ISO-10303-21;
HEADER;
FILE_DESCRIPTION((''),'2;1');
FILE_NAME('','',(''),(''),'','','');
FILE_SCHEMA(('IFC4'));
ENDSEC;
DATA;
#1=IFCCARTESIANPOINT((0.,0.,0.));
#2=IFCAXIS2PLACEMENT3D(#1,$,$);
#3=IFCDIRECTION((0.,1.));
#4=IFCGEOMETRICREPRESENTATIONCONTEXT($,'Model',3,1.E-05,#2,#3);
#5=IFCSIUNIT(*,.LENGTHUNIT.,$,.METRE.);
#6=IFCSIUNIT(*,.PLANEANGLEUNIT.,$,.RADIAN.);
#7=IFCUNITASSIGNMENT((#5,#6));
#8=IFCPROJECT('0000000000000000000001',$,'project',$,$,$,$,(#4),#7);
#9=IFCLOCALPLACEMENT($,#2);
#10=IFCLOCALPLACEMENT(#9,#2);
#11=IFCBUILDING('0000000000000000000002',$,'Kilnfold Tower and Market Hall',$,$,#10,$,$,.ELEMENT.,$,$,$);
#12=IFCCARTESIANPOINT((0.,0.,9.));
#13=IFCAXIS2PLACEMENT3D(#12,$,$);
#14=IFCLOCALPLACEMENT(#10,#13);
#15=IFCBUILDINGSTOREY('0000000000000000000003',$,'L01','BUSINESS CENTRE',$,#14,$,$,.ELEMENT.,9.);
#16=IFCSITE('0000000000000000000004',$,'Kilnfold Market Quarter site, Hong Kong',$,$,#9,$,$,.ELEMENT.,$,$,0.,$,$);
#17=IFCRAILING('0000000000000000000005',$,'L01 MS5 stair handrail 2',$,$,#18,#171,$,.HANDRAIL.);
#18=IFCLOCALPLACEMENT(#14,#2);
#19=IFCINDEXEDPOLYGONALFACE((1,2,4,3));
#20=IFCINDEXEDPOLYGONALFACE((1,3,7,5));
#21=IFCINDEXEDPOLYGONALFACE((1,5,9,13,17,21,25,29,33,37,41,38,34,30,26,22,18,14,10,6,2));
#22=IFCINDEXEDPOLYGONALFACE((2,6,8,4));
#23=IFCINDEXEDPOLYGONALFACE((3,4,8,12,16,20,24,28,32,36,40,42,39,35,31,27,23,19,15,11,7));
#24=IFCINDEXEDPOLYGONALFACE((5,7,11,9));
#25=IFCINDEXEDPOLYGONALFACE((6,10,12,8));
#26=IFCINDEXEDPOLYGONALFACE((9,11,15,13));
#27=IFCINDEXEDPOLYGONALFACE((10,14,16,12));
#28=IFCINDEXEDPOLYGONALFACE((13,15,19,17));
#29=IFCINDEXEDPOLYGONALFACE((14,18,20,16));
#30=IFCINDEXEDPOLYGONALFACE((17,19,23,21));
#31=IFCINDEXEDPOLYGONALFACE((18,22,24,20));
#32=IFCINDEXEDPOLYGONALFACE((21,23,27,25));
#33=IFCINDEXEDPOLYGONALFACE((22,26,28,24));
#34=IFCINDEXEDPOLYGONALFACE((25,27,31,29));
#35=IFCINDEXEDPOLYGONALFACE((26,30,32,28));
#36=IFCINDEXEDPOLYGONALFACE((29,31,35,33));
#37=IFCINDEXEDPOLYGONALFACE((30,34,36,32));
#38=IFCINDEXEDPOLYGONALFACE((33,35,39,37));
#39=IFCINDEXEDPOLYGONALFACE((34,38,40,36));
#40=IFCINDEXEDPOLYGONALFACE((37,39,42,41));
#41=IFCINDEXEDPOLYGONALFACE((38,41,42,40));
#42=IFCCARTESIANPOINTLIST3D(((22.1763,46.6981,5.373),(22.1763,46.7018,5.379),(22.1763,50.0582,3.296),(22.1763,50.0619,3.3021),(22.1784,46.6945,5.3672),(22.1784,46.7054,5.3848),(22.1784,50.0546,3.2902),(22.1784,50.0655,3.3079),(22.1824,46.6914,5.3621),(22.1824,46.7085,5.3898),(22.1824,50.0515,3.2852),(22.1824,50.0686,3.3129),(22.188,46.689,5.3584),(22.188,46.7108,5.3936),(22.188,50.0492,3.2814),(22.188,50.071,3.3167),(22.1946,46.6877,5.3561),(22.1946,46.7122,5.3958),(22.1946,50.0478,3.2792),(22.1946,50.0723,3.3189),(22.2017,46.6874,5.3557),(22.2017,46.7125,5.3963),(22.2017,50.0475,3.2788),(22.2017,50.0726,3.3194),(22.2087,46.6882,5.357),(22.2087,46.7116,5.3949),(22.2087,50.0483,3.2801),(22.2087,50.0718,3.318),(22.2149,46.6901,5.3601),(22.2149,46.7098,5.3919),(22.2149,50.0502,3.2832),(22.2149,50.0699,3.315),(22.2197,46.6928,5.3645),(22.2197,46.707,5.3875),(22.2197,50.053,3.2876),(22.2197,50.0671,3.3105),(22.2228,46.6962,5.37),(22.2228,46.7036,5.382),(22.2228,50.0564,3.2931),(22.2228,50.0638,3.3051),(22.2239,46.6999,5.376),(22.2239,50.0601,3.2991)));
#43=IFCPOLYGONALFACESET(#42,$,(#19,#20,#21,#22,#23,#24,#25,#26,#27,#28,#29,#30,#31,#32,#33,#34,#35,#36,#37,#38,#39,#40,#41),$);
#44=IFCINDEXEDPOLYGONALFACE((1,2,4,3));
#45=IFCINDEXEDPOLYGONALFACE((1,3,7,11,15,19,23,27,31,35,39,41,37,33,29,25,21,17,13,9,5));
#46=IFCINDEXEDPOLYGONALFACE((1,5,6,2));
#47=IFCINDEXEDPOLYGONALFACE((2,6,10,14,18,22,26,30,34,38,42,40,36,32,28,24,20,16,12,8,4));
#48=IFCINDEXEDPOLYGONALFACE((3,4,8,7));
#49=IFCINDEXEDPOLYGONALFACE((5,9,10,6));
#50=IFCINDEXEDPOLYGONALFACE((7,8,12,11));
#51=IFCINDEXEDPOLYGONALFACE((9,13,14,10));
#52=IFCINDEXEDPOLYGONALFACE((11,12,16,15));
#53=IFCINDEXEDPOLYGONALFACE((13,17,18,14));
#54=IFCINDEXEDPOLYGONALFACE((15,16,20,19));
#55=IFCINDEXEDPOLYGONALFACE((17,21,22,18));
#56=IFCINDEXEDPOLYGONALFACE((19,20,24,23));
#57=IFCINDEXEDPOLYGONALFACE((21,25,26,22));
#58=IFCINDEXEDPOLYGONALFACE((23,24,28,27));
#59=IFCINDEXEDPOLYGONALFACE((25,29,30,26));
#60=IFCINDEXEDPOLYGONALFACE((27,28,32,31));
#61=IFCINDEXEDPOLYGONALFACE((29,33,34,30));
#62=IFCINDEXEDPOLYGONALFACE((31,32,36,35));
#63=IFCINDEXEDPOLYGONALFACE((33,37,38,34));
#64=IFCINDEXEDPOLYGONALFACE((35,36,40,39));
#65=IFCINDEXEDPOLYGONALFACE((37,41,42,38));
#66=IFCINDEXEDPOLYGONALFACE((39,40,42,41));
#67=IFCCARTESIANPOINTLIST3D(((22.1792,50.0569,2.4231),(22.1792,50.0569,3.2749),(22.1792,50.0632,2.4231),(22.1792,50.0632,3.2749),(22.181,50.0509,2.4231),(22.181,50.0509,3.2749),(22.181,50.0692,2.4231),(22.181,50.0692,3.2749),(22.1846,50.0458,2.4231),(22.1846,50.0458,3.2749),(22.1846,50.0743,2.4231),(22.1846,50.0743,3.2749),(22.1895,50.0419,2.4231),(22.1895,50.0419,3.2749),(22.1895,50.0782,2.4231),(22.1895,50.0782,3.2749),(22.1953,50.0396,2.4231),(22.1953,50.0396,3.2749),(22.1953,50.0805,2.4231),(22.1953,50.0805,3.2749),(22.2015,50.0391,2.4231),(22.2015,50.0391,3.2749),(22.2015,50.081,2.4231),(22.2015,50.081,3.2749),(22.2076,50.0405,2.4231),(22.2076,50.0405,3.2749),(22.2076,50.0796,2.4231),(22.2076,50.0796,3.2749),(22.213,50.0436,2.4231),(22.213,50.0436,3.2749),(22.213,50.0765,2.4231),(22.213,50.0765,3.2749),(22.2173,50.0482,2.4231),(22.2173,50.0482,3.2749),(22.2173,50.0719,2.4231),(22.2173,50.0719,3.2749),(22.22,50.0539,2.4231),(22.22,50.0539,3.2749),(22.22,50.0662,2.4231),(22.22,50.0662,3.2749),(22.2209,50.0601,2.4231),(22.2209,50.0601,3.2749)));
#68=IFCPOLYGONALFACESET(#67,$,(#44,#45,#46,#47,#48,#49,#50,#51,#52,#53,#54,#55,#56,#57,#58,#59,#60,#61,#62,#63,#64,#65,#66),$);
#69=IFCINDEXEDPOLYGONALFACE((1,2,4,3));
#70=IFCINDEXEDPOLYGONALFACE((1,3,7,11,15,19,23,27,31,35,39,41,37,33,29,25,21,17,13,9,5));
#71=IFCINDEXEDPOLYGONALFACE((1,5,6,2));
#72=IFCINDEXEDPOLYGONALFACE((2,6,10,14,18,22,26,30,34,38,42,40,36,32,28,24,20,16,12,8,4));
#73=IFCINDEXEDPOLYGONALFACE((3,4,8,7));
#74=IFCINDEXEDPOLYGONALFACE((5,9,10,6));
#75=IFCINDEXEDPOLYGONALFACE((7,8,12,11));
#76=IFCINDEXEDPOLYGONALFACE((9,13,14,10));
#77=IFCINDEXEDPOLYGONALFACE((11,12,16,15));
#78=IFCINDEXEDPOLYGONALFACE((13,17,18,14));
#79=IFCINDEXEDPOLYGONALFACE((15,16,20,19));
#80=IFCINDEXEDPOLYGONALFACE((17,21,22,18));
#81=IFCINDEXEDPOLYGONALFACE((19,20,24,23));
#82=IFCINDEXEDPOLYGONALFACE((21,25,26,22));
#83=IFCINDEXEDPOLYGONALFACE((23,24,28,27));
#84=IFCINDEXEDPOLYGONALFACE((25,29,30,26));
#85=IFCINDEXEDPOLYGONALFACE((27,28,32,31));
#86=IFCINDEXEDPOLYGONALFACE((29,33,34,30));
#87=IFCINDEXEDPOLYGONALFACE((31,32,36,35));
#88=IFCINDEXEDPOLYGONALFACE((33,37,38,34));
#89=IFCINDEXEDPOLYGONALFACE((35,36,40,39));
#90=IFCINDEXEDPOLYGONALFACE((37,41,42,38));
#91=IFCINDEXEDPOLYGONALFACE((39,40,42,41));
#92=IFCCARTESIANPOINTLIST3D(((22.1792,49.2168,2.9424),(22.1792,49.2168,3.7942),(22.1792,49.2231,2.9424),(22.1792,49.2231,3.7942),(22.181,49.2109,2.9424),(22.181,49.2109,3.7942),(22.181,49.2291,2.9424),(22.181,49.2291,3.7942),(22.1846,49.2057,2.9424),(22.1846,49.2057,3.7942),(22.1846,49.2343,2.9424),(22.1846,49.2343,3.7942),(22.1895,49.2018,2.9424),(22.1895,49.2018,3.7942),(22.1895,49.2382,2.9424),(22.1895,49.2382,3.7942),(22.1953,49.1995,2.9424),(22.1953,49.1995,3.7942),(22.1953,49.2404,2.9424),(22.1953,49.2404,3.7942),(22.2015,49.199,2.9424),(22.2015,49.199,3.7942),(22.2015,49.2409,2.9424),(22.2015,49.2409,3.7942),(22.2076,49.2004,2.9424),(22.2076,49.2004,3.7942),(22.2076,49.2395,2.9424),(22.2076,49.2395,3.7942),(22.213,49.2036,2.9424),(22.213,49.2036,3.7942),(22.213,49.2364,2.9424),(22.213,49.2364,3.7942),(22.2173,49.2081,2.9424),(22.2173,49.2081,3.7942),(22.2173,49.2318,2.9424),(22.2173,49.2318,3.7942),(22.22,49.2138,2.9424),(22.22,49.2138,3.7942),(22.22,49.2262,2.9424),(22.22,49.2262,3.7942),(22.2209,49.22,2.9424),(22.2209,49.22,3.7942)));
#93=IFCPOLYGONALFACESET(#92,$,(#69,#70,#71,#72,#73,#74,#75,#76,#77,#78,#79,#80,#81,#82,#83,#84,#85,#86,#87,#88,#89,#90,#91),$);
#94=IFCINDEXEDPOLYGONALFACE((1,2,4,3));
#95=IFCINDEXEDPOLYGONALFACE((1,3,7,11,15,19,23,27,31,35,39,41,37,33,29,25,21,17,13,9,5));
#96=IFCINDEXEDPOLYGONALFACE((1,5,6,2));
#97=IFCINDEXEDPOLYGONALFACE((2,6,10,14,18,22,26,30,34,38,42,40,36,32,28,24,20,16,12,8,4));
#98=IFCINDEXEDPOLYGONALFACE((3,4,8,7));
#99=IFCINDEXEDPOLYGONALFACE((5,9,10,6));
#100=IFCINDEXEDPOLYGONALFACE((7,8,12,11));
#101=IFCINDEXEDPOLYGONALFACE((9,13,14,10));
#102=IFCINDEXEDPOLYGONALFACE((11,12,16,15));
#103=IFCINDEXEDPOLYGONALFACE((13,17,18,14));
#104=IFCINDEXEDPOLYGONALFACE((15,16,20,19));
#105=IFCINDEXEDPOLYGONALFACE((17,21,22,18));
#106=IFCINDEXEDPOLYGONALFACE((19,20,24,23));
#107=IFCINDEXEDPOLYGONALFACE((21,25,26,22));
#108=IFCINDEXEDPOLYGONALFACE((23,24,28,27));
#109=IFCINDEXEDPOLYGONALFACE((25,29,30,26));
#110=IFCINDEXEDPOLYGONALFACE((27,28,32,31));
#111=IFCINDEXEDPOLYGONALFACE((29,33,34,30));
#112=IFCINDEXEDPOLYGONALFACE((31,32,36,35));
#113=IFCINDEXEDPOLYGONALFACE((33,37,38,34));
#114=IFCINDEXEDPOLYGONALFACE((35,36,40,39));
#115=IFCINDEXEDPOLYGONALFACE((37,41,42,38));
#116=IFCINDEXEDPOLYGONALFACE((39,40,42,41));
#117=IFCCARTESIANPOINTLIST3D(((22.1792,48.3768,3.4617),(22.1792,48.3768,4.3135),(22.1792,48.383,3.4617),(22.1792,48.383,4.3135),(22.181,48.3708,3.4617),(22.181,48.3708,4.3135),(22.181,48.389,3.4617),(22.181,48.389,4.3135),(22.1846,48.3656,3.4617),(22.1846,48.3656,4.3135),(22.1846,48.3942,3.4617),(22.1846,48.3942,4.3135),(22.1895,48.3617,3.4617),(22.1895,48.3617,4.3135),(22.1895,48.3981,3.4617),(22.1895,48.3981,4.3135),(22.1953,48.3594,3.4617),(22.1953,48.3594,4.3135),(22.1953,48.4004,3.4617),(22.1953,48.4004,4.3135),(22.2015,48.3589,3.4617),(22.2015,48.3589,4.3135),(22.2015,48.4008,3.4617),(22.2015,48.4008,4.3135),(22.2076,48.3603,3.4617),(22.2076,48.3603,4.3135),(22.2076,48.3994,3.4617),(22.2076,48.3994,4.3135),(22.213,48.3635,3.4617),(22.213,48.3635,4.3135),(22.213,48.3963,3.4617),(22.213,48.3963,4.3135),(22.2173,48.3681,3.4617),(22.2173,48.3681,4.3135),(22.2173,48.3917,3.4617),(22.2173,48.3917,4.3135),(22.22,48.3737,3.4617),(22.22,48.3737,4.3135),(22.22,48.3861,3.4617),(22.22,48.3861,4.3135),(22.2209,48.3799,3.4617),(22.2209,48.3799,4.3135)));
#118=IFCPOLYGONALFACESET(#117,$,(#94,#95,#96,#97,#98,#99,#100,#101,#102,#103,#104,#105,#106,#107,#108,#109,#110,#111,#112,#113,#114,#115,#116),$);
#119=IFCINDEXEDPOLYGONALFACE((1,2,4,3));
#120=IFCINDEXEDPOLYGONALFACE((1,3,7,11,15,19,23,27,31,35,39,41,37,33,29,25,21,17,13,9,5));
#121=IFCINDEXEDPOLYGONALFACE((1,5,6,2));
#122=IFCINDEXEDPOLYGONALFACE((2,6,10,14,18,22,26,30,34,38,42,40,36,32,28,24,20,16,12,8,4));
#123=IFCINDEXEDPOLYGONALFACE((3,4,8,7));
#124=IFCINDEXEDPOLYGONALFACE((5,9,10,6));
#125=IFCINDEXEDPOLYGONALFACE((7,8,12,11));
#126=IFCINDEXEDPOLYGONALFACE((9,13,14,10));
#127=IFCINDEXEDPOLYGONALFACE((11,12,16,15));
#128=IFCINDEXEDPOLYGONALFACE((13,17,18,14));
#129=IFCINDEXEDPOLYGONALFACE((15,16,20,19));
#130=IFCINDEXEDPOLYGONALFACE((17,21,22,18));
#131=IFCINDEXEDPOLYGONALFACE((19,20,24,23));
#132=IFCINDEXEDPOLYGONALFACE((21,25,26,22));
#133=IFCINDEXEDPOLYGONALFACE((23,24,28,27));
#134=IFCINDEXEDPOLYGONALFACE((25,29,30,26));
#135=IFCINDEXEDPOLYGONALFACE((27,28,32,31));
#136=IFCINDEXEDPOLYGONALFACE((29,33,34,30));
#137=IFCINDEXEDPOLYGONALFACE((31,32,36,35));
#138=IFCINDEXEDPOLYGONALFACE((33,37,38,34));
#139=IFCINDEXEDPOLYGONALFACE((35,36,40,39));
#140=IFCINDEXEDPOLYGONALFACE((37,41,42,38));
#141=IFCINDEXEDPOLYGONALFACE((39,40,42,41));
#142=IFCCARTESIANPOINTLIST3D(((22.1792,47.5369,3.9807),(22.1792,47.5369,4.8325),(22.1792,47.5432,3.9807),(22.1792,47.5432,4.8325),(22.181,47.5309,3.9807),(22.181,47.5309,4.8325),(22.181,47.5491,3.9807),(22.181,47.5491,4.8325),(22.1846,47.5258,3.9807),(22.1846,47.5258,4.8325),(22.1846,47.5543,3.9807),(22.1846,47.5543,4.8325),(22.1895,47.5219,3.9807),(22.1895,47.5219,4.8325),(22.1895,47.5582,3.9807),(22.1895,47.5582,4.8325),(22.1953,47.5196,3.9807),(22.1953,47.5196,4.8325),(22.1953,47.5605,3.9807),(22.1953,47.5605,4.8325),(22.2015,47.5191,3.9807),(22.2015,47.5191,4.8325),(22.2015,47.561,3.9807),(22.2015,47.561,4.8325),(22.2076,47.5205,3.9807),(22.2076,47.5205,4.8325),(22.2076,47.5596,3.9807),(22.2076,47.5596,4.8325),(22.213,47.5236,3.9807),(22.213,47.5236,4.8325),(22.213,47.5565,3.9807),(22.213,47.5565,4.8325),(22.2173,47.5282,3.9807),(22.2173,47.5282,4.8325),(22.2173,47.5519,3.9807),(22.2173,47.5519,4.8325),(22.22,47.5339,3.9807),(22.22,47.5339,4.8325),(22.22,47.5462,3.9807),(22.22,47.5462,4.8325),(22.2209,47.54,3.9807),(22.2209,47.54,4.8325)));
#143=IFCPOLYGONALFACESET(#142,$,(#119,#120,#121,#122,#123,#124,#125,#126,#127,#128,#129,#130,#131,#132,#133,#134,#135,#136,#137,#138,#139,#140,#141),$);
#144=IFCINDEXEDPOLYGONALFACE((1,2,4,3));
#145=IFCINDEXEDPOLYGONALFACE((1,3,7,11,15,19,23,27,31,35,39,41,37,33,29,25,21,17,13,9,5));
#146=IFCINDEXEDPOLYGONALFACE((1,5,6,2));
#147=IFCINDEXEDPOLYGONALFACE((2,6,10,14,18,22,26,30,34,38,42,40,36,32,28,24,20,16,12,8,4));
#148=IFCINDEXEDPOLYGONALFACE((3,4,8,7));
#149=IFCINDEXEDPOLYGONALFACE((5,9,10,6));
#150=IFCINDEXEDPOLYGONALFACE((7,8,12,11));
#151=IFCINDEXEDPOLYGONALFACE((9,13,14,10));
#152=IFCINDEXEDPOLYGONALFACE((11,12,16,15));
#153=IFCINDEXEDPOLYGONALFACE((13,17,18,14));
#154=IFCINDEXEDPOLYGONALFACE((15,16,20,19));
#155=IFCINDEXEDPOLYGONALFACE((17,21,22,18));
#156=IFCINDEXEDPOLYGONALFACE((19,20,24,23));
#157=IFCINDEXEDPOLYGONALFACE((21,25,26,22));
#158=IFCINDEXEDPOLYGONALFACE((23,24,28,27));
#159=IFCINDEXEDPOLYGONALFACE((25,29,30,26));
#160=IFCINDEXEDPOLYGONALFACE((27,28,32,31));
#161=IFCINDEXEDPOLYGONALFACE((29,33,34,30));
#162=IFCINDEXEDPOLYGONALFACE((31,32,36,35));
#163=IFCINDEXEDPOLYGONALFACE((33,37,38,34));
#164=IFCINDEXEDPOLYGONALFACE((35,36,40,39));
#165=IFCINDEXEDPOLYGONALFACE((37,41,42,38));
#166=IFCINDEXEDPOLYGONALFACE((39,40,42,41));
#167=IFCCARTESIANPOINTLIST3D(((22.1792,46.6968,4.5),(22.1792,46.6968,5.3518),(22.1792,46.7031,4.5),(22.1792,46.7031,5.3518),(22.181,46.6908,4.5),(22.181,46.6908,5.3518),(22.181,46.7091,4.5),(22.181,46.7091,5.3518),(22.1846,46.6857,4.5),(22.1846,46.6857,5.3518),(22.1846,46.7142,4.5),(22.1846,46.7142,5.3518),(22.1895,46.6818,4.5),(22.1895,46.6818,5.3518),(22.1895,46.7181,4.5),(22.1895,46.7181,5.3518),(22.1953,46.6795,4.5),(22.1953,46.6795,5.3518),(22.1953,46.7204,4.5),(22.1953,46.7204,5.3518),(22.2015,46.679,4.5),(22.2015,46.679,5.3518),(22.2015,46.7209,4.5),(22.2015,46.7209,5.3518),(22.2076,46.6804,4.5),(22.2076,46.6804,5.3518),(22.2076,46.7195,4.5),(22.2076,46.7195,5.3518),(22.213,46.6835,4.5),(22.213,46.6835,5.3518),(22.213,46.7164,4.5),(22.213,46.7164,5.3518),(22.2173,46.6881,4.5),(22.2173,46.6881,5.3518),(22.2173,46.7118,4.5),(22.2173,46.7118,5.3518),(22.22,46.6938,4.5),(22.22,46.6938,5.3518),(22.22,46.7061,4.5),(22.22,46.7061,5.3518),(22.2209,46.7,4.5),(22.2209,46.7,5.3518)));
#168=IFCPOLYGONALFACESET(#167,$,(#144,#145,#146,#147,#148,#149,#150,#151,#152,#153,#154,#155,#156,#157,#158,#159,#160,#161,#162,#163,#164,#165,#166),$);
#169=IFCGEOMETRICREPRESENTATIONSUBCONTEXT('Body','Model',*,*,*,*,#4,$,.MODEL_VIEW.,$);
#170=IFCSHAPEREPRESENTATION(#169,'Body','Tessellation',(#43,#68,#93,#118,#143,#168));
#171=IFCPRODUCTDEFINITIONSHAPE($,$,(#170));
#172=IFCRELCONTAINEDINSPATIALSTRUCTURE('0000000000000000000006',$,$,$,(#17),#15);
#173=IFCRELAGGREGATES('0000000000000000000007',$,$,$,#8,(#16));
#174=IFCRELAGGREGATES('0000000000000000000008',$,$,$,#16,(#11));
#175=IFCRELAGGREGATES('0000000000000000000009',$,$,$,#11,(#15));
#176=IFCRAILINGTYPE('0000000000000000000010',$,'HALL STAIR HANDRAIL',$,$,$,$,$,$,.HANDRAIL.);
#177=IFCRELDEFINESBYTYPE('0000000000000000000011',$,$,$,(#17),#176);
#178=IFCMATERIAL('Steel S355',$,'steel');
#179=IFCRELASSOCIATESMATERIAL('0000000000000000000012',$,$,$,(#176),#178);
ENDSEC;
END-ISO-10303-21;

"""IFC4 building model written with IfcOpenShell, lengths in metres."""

from ifc_helpers import new_model, si_unit, direction, frame, origin, origin_2d, place, context, subcontext, project, spatial, circle, extrude, material, type_object, element, save


model = new_model("IFC4")

# Units and contexts
model_context = context("Model", 3, precision=1e-05, world=origin(), true_north=direction((0.0, 1.0)))
body_context = subcontext(model_context, "Body", "Model", "MODEL_VIEW")
ifc_project = project(units=[si_unit("LENGTHUNIT", "METRE"), si_unit("PLANEANGLEUNIT", "RADIAN")], contexts=[model_context])

# Site, building, storey
site_placement = place(None, origin())
site = spatial("IfcSite", under=ifc_project, at=site_placement, Name="Kilnfold Market Quarter site, Hong Kong", CompositionType="ELEMENT", RefElevation=0.0)
building_placement = place(site_placement, origin())
building = spatial("IfcBuilding", under=site, at=building_placement, Name="Kilnfold Tower and Market Hall", CompositionType="ELEMENT")
storey_placement = place(building_placement, frame((0.0, 0.0, 9.0)))
storey = spatial("IfcBuildingStorey", under=building, at=storey_placement, Name="L01", Description="BUSINESS CENTRE", CompositionType="ELEMENT", Elevation=9.0)

# Railing
ifc_material_1 = material(Name="Steel S355", Category="steel")
railing_type_1 = type_object("IfcRailingType", Name="HALL STAIR HANDRAIL", PredefinedType="HANDRAIL", material=ifc_material_1)
railing_1_placement = place(storey_placement, frame((22.2, 50.0601, 2.4231)))
element("IfcRailing", 1, at=railing_1_placement, inside=storey, type_object=railing_type_1, Name="L01 MS5 stair handrail 2", PredefinedType="HANDRAIL", context=body_context, shape_type="SweptSolid", body=[
    extrude(circle(Radius=0.0239, at=origin_2d()), frame((0.0, 0.0, 0.876), z_axis=(0.0, -0.850623, 0.525776), x_axis=(1.0, 0.0, 0.0)), (0.0, 0.0, 1.0), 3.9502),
    extrude(circle(Radius=0.021, at=origin_2d()), origin(), (0.0, 0.0, 1.0), 0.8518),
    extrude(circle(Radius=0.021, at=origin_2d()), frame((0.0, -0.8401, 0.5193)), (0.0, 0.0, 1.0), 0.8518),
    extrude(circle(Radius=0.021, at=origin_2d()), frame((0.0, -1.6802, 1.0386)), (0.0, 0.0, 1.0), 0.8518),
    extrude(circle(Radius=0.021, at=origin_2d()), frame((0.0, -2.52, 1.5576)), (0.0, 0.0, 1.0), 0.8518),
    extrude(circle(Radius=0.021, at=origin_2d()), frame((0.0, -3.3601, 2.0769)), (0.0, 0.0, 1.0), 0.8518),
])

save(model, "model.ifc")
